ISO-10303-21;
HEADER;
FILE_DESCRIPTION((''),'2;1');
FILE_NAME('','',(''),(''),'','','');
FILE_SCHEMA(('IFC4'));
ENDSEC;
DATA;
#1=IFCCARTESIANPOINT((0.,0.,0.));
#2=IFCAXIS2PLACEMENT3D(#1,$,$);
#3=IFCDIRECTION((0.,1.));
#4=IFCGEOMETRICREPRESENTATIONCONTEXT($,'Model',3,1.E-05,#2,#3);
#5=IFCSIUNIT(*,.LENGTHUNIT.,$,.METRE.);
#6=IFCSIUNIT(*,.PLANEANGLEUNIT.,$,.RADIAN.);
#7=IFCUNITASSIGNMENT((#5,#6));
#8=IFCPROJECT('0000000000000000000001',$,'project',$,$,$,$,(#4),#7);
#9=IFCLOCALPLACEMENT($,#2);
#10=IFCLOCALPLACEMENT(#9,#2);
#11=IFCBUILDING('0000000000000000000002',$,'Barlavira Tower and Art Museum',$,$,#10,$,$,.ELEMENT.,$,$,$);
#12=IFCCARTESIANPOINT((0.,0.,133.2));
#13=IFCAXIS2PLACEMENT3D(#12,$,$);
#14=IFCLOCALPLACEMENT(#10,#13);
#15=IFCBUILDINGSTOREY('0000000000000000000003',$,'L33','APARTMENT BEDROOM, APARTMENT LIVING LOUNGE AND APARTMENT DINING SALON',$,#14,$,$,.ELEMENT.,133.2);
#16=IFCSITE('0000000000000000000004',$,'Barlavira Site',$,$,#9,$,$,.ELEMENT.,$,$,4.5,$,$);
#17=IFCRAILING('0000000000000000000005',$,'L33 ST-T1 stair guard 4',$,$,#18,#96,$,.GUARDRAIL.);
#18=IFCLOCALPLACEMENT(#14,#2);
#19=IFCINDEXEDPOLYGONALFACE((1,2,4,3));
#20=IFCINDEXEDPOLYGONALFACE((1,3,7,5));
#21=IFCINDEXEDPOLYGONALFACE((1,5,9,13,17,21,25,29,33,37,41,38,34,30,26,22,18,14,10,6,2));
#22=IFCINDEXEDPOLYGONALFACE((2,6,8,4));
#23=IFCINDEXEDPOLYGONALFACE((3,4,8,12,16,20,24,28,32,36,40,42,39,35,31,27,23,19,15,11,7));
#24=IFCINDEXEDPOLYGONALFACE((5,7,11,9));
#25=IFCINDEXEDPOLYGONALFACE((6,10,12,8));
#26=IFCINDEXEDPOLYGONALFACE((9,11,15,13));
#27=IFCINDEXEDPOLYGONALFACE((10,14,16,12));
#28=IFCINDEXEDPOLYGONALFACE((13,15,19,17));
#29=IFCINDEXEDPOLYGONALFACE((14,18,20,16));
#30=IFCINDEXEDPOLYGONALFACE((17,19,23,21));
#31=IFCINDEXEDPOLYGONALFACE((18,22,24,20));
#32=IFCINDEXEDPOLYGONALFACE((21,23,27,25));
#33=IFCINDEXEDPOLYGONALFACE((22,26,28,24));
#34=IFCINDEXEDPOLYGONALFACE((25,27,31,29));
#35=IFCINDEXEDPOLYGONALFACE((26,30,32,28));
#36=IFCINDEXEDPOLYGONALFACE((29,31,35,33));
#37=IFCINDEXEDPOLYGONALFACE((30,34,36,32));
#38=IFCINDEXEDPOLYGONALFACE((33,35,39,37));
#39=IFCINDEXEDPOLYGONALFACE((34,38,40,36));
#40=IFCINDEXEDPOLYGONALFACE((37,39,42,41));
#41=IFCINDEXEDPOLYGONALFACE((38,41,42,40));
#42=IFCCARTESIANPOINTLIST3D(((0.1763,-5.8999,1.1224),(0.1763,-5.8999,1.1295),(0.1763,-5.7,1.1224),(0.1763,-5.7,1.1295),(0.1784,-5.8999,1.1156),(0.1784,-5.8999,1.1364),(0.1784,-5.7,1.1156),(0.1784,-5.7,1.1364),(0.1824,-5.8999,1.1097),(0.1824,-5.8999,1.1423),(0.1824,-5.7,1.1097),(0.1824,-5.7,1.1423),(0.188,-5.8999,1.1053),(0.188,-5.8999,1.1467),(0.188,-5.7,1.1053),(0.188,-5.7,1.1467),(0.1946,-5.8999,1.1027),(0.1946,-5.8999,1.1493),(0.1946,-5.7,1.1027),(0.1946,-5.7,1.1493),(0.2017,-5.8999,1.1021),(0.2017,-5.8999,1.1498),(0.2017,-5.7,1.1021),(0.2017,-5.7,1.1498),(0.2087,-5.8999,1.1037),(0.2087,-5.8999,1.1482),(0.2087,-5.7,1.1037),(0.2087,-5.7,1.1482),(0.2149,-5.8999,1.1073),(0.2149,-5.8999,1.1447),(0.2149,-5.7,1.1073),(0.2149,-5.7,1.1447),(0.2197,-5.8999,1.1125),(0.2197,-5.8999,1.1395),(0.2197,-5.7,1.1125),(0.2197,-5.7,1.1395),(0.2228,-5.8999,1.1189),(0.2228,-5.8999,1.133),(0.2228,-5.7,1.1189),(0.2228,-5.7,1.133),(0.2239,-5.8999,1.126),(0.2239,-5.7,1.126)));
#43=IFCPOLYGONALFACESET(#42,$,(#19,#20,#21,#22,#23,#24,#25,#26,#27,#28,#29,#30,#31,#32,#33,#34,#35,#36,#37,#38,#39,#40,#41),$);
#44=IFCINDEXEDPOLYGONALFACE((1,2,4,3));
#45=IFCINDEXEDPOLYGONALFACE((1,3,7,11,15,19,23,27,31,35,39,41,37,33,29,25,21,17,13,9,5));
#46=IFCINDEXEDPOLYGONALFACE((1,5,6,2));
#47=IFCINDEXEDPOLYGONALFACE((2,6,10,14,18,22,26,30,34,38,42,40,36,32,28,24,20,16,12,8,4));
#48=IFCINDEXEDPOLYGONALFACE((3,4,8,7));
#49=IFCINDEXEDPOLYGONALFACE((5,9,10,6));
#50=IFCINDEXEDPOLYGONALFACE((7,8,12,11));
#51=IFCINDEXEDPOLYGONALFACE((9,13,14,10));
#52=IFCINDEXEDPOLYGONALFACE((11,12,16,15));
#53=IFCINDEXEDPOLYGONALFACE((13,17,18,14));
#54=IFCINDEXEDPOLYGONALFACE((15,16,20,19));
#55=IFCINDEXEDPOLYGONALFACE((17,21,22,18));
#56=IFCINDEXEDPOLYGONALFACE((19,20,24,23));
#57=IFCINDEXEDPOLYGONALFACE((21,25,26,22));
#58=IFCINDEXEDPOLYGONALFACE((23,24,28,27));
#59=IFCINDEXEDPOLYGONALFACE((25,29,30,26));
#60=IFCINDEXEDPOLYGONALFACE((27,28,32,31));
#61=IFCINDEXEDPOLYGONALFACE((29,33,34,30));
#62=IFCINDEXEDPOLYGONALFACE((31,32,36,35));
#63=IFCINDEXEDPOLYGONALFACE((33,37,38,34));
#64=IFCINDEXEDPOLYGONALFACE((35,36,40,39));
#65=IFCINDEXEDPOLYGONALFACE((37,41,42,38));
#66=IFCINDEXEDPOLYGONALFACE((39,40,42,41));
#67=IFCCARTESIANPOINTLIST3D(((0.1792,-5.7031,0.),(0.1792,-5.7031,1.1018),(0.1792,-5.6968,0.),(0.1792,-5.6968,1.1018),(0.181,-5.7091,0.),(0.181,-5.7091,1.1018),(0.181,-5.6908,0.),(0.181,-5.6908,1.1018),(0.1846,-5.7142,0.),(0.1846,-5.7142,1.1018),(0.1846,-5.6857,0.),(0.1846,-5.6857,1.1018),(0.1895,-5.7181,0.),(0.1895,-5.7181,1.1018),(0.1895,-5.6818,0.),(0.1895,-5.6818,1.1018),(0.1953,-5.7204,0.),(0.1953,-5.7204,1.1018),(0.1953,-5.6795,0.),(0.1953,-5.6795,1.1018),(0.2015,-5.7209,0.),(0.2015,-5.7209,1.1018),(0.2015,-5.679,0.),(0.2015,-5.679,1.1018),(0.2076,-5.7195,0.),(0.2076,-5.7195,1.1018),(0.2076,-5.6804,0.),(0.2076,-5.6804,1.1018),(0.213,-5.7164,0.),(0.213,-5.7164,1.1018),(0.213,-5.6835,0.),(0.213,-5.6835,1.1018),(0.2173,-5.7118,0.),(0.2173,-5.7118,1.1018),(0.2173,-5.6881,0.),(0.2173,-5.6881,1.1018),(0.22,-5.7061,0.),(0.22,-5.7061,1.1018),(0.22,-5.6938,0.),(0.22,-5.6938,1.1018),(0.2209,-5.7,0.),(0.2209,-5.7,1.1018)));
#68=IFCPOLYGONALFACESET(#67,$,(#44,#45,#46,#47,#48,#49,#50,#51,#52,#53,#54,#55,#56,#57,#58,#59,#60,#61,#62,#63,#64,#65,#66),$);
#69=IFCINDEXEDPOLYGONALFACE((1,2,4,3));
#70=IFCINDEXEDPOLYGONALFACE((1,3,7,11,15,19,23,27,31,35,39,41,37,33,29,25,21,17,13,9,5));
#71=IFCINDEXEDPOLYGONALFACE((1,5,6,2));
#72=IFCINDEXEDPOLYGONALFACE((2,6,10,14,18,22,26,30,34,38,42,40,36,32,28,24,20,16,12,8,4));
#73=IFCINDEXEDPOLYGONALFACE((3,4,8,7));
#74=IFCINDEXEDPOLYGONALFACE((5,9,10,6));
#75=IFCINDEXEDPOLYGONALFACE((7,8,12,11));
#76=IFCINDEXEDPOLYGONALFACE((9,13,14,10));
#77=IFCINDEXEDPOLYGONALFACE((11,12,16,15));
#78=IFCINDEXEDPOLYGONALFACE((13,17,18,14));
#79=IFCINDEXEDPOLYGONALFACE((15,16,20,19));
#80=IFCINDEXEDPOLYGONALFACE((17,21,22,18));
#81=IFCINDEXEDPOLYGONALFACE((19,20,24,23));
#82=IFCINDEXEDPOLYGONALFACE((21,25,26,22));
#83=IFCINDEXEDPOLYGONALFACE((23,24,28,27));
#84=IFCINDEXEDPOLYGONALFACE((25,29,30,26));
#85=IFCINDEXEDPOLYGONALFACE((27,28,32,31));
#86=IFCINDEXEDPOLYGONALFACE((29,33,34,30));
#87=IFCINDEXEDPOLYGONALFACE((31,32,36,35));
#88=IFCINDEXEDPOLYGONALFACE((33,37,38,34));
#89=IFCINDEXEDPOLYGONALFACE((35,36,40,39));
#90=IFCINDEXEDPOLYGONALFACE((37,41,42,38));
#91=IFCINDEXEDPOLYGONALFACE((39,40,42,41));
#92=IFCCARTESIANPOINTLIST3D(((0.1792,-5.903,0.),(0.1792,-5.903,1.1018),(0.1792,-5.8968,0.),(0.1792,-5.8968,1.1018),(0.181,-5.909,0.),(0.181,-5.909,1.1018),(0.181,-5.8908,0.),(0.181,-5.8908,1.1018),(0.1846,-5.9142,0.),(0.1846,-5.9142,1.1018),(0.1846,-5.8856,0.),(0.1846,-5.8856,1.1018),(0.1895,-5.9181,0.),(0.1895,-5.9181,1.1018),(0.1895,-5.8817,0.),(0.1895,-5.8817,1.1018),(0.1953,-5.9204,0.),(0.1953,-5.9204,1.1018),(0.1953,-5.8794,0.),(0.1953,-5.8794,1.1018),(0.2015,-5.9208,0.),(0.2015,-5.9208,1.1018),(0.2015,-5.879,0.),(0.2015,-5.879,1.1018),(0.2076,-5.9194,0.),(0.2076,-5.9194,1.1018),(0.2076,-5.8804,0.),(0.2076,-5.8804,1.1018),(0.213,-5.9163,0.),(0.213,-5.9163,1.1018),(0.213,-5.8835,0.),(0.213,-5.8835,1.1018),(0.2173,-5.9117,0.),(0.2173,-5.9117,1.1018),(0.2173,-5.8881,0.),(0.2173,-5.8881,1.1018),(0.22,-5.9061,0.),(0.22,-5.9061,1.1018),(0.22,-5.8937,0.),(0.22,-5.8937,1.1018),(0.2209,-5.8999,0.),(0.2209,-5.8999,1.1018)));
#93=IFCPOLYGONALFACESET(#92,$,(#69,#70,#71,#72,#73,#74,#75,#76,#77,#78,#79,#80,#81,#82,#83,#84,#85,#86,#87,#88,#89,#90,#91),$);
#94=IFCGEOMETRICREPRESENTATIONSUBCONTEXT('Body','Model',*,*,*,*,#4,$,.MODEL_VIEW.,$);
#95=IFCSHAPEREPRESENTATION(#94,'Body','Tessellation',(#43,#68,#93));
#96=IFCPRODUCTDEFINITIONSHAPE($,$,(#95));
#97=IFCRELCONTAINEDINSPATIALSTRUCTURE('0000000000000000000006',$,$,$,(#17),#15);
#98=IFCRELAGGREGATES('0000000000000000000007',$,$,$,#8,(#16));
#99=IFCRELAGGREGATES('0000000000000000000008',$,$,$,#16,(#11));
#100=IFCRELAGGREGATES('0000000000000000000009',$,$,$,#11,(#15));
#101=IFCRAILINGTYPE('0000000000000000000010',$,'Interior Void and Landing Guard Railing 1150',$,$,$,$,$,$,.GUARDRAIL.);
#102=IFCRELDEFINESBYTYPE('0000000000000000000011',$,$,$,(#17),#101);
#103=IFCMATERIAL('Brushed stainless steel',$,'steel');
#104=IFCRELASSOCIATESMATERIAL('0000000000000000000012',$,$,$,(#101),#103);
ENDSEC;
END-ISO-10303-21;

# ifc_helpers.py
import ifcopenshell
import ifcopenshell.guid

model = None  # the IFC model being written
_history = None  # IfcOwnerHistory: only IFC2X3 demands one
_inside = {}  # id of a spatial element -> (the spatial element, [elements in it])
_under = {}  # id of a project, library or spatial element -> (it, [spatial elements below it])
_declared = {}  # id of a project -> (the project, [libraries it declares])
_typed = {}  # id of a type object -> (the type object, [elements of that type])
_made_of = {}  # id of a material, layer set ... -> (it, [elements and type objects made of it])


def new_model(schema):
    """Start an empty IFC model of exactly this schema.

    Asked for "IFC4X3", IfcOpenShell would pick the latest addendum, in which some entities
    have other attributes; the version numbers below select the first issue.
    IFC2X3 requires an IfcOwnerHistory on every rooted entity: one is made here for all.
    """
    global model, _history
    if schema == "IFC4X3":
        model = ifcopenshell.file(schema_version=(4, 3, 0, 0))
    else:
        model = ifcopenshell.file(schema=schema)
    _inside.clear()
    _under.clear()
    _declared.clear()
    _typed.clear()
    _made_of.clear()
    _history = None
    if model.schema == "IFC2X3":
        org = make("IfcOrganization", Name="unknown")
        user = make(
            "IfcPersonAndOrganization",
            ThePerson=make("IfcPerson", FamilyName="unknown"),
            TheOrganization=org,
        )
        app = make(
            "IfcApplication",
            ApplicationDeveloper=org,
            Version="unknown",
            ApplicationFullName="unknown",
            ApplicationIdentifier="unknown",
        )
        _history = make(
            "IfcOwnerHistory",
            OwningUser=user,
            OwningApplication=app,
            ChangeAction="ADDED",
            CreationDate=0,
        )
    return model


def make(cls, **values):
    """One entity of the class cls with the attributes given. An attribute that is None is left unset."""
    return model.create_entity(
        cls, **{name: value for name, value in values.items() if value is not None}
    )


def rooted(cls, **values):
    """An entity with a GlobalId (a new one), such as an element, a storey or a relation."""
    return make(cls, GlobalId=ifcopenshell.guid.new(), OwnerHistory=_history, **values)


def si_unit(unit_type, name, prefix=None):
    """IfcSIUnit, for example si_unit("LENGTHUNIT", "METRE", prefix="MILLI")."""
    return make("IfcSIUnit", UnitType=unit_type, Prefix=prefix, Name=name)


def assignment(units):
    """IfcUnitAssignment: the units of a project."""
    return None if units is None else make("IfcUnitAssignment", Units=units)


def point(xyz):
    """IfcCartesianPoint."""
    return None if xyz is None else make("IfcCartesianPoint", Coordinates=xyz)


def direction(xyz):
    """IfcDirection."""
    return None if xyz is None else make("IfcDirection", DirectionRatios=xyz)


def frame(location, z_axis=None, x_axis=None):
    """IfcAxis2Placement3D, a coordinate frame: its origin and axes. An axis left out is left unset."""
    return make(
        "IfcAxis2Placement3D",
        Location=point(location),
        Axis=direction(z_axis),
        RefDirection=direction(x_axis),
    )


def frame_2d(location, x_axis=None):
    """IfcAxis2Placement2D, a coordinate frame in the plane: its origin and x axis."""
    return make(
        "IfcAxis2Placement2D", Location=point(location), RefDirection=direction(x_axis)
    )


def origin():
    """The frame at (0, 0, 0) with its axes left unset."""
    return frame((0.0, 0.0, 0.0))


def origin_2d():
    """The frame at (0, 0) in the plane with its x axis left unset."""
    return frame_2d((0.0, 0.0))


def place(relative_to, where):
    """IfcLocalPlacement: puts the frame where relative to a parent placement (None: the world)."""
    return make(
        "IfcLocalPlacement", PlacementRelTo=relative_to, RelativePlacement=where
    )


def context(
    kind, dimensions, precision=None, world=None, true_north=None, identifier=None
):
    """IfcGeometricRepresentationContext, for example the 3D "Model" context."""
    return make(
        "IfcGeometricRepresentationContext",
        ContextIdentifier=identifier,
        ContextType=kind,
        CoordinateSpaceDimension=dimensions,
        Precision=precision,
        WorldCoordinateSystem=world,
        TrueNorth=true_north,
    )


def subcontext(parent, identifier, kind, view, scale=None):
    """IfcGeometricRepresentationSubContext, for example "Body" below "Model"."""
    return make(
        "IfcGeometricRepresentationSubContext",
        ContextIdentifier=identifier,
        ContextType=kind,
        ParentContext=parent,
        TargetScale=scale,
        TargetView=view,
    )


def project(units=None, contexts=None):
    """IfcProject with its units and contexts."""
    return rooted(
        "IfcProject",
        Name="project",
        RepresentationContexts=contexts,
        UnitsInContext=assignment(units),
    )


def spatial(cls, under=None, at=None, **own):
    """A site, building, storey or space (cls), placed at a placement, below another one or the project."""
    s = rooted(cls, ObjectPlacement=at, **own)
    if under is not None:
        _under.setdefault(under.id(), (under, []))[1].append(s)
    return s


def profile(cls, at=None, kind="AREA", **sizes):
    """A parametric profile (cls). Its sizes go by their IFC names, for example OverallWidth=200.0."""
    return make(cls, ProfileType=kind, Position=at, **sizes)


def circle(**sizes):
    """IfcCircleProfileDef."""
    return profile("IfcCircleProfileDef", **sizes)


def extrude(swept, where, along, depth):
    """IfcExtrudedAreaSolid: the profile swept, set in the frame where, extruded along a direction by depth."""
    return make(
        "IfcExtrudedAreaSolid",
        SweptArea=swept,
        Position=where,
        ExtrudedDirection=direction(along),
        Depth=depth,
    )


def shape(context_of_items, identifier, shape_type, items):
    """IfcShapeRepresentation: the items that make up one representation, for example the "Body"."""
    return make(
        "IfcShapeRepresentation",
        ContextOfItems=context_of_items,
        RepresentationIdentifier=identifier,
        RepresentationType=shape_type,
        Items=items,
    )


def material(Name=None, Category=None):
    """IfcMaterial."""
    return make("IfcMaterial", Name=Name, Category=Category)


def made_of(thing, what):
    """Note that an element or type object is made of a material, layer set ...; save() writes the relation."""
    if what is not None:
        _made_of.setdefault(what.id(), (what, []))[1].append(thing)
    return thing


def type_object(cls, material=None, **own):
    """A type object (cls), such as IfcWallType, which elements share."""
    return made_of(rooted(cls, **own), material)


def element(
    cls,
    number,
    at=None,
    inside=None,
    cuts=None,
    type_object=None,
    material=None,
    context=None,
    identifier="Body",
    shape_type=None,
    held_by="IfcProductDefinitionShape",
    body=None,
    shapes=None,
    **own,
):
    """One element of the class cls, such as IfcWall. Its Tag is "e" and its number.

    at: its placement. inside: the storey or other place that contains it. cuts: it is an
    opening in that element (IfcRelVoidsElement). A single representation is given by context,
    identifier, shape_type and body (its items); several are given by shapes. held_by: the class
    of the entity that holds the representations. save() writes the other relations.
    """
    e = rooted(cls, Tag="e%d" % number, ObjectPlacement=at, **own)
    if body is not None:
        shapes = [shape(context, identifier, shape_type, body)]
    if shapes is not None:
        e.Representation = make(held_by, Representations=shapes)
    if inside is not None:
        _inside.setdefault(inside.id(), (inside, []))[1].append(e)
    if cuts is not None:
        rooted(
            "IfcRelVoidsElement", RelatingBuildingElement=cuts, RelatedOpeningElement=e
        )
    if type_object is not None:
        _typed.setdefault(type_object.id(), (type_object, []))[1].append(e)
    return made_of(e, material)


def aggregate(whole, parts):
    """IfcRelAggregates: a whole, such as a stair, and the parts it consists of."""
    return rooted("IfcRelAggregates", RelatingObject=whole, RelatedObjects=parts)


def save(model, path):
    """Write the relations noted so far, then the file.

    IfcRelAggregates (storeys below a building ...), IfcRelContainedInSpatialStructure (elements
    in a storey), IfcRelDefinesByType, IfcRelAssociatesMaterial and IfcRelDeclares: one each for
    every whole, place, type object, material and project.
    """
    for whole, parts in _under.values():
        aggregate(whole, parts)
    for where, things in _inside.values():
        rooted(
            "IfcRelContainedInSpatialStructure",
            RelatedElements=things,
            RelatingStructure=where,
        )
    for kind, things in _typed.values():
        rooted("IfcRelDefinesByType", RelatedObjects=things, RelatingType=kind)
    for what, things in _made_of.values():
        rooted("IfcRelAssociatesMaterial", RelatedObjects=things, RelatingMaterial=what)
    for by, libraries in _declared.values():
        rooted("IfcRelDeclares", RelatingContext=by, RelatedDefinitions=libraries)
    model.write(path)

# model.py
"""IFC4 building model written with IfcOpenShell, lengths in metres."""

from ifc_helpers import new_model, si_unit, direction, frame, origin, origin_2d, place, context, subcontext, project, spatial, circle, extrude, material, type_object, element, save


model = new_model("IFC4")

# Units and contexts
model_context = context("Model", 3, precision=1e-05, world=origin(), true_north=direction((0.0, 1.0)))
body_context = subcontext(model_context, "Body", "Model", "MODEL_VIEW")
ifc_project = project(units=[si_unit("LENGTHUNIT", "METRE"), si_unit("PLANEANGLEUNIT", "RADIAN")], contexts=[model_context])

# Site, building, storey
site_placement = place(None, origin())
site = spatial("IfcSite", under=ifc_project, at=site_placement, Name="Barlavira Site", CompositionType="ELEMENT", RefElevation=4.5)
building_placement = place(site_placement, origin())
building = spatial("IfcBuilding", under=site, at=building_placement, Name="Barlavira Tower and Art Museum", CompositionType="ELEMENT")
storey_placement = place(building_placement, frame((0.0, 0.0, 133.2)))
storey = spatial("IfcBuildingStorey", under=building, at=storey_placement, Name="L33", Description="APARTMENT BEDROOM, APARTMENT LIVING LOUNGE AND APARTMENT DINING SALON", CompositionType="ELEMENT", Elevation=133.2)

# Shared definitions
ifc_material_1 = material(Name="Brushed stainless steel", Category="steel")

# Railing
railing_type_1 = type_object("IfcRailingType", Name="Interior Void and Landing Guard Railing 1150", PredefinedType="GUARDRAIL", material=ifc_material_1)
railing_1_placement = place(storey_placement, frame((0.2, -5.7, 0.0)))
element("IfcRailing", 1, at=railing_1_placement, inside=storey, type_object=railing_type_1, Name="L33 ST-T1 stair guard 4", PredefinedType="GUARDRAIL", context=body_context, shape_type="SweptSolid", body=[
    extrude(circle(Radius=0.0239, at=origin_2d()), frame((0.0, 0.0, 1.126), z_axis=(0.0, -1.0, 0.0), x_axis=(1.0, 0.0, 0.0)), (0.0, 0.0, 1.0), 0.2),
    extrude(circle(Radius=0.021, at=origin_2d()), origin(), (0.0, 0.0, 1.0), 1.1018),
    extrude(circle(Radius=0.021, at=origin_2d()), frame((0.0, -0.2, 0.0)), (0.0, 0.0, 1.0), 1.1018),
])

save(model, "model.ifc")
